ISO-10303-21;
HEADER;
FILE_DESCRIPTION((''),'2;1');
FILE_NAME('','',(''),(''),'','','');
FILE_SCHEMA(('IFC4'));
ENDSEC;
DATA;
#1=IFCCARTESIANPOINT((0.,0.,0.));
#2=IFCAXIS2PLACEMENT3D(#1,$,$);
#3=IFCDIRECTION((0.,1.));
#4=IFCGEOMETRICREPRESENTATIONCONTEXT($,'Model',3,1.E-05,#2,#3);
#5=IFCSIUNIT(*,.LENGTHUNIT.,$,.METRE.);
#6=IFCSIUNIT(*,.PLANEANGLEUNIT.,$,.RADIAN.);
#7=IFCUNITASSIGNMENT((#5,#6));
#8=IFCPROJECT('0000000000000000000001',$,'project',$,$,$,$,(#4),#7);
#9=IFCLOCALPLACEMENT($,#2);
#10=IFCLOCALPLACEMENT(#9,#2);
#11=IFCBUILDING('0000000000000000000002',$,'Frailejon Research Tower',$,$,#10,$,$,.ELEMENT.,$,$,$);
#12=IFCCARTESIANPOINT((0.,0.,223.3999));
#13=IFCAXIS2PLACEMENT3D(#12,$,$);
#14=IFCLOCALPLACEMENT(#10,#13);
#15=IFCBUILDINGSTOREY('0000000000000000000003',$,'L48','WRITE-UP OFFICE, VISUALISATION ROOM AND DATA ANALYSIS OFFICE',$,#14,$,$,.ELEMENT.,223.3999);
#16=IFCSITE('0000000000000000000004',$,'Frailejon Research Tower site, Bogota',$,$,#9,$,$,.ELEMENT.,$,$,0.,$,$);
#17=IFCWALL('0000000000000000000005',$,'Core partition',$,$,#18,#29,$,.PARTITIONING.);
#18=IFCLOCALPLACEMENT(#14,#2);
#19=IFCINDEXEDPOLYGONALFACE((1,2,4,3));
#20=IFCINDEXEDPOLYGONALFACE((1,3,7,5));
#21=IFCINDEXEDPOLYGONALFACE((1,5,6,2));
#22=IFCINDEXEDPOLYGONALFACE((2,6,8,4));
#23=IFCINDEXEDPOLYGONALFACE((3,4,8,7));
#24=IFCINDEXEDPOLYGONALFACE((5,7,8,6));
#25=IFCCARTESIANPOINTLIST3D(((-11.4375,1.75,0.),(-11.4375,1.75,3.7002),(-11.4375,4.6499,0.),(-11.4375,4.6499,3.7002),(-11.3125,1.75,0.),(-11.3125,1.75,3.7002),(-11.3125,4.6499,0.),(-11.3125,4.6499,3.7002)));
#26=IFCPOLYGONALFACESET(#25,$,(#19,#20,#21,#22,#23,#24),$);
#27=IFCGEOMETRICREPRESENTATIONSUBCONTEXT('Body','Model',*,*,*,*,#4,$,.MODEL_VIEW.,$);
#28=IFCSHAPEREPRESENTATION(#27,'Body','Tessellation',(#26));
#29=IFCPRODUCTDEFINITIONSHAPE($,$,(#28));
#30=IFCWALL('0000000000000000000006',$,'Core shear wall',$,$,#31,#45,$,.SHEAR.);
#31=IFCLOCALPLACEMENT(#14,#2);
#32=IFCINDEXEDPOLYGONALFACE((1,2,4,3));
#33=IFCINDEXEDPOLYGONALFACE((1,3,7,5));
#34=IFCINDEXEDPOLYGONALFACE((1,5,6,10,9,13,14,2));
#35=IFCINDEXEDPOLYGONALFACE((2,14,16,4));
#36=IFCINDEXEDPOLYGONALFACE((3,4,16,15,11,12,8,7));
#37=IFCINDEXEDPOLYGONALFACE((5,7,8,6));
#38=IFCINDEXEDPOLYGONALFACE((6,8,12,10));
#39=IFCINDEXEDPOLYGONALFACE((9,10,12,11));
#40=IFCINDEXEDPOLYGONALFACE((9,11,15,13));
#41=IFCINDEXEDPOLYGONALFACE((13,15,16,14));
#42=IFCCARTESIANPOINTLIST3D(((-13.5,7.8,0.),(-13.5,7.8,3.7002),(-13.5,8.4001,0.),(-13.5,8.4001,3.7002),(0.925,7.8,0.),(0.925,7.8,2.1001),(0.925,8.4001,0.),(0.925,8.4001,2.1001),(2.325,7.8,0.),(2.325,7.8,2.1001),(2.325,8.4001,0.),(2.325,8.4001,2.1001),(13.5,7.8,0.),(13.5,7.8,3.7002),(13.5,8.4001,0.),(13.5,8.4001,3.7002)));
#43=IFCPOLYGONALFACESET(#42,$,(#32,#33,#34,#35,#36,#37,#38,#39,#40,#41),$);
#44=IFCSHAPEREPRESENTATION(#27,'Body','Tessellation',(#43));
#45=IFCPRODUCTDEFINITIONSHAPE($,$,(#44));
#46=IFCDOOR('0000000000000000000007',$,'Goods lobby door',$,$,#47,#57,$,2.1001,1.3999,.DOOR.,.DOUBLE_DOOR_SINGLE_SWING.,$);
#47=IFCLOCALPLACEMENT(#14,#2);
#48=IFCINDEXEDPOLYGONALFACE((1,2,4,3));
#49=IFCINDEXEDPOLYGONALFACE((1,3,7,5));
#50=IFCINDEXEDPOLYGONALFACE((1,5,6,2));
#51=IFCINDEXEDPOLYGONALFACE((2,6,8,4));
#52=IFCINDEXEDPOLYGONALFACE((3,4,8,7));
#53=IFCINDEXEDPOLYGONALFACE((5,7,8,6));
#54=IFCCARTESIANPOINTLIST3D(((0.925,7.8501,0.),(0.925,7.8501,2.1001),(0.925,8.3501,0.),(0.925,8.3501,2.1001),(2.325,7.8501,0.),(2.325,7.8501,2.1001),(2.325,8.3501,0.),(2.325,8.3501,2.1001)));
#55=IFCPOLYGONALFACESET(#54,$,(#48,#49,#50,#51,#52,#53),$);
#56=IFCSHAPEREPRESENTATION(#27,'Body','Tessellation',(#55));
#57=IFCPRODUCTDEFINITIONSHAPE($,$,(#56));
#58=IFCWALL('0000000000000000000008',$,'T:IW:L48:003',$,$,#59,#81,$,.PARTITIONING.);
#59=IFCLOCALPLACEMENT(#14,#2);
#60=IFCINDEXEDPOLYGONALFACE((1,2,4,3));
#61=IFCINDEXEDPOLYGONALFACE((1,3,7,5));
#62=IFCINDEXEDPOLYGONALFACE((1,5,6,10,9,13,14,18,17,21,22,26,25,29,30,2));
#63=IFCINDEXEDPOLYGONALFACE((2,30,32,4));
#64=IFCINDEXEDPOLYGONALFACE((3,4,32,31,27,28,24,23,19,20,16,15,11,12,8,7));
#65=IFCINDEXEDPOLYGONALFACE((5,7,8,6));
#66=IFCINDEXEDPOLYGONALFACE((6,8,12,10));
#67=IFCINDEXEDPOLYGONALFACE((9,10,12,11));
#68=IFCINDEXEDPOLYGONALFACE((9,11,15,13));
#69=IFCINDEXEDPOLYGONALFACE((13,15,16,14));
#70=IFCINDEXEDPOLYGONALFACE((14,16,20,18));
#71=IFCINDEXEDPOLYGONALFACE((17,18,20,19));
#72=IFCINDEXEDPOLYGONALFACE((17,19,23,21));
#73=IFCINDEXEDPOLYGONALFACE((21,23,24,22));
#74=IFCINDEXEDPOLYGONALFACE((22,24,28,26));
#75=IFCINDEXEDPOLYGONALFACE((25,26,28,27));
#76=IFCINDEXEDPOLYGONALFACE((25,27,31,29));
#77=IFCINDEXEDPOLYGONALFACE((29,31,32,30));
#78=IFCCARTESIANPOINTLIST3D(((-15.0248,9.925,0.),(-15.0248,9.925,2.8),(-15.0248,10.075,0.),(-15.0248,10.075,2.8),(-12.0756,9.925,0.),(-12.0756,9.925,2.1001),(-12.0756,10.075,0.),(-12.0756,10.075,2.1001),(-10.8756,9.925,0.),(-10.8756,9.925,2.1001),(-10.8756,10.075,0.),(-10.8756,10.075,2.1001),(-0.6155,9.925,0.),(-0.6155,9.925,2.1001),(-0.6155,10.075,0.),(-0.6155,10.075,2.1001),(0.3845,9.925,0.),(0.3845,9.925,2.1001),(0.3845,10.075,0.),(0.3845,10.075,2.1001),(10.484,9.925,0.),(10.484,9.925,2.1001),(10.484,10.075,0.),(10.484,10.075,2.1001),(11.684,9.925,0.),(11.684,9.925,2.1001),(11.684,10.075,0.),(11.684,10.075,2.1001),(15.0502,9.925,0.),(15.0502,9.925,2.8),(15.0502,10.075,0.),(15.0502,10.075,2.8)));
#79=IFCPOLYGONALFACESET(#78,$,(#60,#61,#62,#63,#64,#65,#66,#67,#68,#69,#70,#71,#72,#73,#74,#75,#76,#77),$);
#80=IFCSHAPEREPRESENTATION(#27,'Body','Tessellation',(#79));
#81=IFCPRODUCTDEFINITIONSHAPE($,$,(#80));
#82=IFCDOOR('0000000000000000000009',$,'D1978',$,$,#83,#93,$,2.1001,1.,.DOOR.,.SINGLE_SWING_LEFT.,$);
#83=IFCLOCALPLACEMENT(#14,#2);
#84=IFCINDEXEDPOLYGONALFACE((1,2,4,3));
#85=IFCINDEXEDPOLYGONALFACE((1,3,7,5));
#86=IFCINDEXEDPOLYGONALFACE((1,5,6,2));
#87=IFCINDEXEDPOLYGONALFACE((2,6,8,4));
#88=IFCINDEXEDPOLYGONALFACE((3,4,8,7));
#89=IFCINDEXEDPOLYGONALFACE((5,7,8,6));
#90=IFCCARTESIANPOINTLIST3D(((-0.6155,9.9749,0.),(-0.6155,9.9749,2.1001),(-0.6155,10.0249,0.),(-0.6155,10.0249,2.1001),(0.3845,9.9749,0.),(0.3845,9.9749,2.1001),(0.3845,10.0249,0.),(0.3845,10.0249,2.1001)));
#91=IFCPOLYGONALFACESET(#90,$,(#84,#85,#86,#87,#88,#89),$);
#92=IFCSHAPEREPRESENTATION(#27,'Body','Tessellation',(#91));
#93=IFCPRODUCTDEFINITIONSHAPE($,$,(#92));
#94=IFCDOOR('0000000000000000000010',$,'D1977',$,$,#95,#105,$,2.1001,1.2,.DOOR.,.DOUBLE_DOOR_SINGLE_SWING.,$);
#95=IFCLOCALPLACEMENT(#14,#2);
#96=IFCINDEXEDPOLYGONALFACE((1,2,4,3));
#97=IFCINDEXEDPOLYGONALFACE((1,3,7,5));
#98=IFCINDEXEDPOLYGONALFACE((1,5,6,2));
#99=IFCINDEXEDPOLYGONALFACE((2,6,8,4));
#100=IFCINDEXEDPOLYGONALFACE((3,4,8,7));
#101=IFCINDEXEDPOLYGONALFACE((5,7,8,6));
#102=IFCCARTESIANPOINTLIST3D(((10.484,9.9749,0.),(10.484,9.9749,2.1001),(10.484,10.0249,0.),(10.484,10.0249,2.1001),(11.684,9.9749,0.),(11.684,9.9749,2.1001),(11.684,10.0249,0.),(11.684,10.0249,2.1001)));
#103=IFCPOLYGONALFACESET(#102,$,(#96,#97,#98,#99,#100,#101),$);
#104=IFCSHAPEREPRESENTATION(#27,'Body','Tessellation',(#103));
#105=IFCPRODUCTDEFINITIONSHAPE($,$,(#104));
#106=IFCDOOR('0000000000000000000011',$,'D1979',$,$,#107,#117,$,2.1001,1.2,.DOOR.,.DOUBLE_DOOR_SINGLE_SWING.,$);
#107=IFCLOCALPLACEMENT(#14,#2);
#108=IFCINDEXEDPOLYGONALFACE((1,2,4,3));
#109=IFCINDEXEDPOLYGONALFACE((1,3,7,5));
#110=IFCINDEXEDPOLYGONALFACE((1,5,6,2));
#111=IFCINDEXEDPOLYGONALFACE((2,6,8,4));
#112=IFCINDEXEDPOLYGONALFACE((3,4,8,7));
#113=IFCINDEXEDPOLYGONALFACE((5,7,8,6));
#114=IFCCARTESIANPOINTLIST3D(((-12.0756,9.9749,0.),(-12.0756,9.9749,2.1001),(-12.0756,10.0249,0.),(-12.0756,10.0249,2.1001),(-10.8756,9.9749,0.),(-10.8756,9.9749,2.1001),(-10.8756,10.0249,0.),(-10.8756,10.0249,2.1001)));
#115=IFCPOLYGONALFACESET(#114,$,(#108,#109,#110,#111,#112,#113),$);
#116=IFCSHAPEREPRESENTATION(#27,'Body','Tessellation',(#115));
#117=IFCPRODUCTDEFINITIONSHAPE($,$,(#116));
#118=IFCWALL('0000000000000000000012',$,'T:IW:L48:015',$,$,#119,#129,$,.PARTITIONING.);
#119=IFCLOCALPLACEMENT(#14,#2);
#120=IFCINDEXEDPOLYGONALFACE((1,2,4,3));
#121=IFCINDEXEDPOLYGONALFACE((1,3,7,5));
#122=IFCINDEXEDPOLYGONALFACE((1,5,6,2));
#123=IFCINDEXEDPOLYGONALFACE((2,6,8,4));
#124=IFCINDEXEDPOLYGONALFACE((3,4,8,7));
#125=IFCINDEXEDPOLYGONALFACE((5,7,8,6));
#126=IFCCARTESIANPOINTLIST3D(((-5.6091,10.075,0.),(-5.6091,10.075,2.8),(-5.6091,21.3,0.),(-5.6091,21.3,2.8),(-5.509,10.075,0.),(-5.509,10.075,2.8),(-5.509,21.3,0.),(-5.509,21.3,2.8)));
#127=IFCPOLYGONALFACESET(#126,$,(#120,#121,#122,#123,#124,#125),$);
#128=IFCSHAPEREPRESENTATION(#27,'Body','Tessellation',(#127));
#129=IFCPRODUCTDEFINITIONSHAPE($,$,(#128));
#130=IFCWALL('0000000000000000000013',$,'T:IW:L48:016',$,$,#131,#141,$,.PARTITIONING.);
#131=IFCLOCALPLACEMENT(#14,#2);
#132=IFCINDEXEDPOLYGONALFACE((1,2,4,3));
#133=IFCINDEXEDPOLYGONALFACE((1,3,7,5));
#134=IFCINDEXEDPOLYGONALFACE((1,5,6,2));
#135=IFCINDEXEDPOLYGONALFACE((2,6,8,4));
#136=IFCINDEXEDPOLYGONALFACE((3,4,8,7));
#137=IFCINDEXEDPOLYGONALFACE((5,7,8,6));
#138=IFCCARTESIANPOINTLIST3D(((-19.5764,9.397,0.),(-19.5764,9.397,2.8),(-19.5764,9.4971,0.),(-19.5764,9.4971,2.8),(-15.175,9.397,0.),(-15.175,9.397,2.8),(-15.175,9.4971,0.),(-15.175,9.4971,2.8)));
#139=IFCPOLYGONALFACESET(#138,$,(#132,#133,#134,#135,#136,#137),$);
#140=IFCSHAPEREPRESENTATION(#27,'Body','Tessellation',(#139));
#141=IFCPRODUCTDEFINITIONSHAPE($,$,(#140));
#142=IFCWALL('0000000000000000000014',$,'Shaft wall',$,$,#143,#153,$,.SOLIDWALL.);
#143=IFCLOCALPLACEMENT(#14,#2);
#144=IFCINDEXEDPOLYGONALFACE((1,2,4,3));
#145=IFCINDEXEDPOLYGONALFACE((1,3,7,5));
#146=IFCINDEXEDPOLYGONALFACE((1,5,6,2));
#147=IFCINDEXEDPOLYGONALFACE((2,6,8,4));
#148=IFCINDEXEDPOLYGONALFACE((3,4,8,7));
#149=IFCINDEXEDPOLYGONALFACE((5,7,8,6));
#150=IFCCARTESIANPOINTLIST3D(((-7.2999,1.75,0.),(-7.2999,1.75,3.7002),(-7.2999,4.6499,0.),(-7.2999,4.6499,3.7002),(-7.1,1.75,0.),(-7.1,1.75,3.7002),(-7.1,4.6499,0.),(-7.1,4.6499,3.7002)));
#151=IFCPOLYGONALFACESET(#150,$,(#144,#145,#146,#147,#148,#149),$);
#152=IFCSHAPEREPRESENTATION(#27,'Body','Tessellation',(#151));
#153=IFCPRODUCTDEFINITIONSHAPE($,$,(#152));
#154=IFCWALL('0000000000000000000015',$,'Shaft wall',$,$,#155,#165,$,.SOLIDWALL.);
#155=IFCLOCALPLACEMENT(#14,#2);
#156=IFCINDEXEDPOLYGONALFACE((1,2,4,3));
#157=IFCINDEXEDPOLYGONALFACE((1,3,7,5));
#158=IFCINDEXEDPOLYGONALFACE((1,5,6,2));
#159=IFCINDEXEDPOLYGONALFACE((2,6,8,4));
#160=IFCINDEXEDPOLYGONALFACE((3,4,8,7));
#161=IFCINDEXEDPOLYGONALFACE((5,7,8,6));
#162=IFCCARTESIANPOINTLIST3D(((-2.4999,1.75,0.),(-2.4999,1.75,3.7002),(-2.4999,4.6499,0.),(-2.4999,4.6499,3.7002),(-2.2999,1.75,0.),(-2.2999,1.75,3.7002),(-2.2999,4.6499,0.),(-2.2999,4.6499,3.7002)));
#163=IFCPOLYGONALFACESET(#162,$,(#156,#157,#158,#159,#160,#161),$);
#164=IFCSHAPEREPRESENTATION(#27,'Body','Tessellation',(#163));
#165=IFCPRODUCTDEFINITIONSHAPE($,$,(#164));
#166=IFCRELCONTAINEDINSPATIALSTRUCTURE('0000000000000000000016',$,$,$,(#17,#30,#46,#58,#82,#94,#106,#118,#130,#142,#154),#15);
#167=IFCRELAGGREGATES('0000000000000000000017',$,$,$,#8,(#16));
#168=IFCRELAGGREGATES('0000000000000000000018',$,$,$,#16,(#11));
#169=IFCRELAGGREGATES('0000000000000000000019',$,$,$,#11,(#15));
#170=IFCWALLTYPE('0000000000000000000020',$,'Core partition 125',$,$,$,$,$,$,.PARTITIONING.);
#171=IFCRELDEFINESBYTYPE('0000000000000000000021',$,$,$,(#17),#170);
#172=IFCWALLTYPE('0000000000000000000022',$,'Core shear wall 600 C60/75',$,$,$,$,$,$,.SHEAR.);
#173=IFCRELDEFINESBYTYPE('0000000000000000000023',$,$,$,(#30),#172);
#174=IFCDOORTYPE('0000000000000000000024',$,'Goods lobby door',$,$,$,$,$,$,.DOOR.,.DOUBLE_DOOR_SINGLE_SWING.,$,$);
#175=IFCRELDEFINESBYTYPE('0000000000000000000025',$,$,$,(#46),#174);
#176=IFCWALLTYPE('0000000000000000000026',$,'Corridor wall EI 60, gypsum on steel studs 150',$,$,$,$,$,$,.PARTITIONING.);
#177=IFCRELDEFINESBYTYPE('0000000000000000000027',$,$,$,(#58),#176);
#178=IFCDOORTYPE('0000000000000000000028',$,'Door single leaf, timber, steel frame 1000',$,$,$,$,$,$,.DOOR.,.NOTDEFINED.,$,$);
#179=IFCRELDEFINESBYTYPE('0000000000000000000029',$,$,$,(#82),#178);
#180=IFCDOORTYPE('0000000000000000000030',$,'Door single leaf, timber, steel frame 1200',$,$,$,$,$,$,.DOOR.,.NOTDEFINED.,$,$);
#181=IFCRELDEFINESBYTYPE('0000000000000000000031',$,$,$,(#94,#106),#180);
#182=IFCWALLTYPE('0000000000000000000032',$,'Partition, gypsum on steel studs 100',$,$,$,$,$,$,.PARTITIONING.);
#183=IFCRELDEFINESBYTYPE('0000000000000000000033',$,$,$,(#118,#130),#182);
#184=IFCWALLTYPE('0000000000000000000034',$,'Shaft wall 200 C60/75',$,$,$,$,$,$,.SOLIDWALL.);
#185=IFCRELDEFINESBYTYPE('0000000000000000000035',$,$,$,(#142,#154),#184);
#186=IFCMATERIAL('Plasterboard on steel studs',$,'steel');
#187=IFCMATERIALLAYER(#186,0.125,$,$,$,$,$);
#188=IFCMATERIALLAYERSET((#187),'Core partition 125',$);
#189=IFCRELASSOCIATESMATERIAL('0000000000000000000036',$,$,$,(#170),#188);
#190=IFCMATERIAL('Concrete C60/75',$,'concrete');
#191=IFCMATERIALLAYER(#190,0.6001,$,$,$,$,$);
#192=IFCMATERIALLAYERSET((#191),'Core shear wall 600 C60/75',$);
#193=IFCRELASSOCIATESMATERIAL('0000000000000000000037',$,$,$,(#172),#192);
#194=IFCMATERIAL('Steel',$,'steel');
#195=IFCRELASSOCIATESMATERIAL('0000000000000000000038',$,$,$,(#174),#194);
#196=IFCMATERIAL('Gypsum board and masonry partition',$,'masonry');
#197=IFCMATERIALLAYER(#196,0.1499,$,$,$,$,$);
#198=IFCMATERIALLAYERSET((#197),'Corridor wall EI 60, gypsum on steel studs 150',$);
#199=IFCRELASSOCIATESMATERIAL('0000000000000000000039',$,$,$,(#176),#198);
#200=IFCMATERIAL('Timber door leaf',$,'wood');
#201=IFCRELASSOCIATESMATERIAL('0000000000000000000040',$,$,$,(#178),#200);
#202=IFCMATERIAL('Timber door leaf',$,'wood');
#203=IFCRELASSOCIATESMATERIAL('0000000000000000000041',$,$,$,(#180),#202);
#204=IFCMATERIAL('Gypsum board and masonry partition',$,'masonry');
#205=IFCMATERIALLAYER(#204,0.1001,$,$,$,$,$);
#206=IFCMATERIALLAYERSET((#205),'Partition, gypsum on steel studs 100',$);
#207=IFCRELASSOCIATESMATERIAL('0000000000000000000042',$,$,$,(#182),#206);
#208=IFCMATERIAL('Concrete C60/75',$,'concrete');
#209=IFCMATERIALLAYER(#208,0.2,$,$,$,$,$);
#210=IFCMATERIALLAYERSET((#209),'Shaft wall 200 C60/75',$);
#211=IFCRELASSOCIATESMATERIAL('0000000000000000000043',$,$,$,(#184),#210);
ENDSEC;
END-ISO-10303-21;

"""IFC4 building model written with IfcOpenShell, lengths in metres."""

from ifc_helpers import new_model, si_unit, direction, frame, frame_2d, origin, place, context, subcontext, project, spatial, rectangle, extrude, material, layer, layer_set, type_object, element, fill, save


model = new_model("IFC4")

# Units and contexts
model_context = context("Model", 3, precision=1e-05, world=origin(), true_north=direction((0.0, 1.0)))
body_context = subcontext(model_context, "Body", "Model", "MODEL_VIEW")
ifc_project = project(units=[si_unit("LENGTHUNIT", "METRE"), si_unit("PLANEANGLEUNIT", "RADIAN")], contexts=[model_context])

# Site, building, storey
site_placement = place(None, origin())
site = spatial("IfcSite", under=ifc_project, at=site_placement, Name="Frailejon Research Tower site, Bogota", CompositionType="ELEMENT", RefElevation=0.0)
building_placement = place(site_placement, origin())
building = spatial("IfcBuilding", under=site, at=building_placement, Name="Frailejon Research Tower", CompositionType="ELEMENT")
storey_placement = place(building_placement, frame((0.0, 0.0, 223.3999)))
storey = spatial("IfcBuildingStorey", under=building, at=storey_placement, Name="L48", Description="WRITE-UP OFFICE, VISUALISATION ROOM AND DATA ANALYSIS OFFICE", CompositionType="ELEMENT", Elevation=223.3999)

# Wall
ifc_material_1 = material(Name="Plasterboard on steel studs", Category="steel")
ifc_layer_1 = layer(ifc_material_1, 0.125)
ifc_layer_set_1 = layer_set([ifc_layer_1], Name="Core partition 125")
wall_type_1 = type_object("IfcWallType", Name="Core partition 125", PredefinedType="PARTITIONING", material=ifc_layer_set_1)
wall_1_placement = place(storey_placement, frame((-11.375, 1.75, 0.0), z_axis=(0.0, 0.0, 1.0), x_axis=(0.0, 1.0, 0.0)))
element("IfcWall", 1, at=wall_1_placement, inside=storey, type_object=wall_type_1, Name="Core partition", PredefinedType="PARTITIONING", context=body_context, shape_type="SweptSolid", body=[
    extrude(rectangle(XDim=2.8999, YDim=0.125, at=frame_2d((1.45, 0.0))), origin(), (0.0, 0.0, 1.0), 3.7002),
])

# Wall, opening, door
ifc_material_2 = material(Name="Concrete C60/75", Category="concrete")
ifc_layer_2 = layer(ifc_material_2, 0.6001)
ifc_layer_set_2 = layer_set([ifc_layer_2], Name="Core shear wall 600 C60/75")
wall_type_2 = type_object("IfcWallType", Name="Core shear wall 600 C60/75", PredefinedType="SHEAR", material=ifc_layer_set_2)
wall_2_placement = place(storey_placement, frame((-13.5, 8.1001, 0.0), z_axis=(0.0, 0.0, 1.0), x_axis=(1.0, 0.0, 0.0)))
wall_2 = element("IfcWall", 2, at=wall_2_placement, inside=storey, type_object=wall_type_2, Name="Core shear wall", PredefinedType="SHEAR", context=body_context, shape_type="SweptSolid", body=[
    extrude(rectangle(XDim=27.0, YDim=0.6001, at=frame_2d((13.5, 0.0))), origin(), (0.0, 0.0, 1.0), 3.7002),
])
opening_1_placement = place(wall_2_placement, frame((14.425, 0.0, 0.0)))
opening_1 = element("IfcOpeningElement", 3, at=opening_1_placement, cuts=wall_2, PredefinedType="OPENING", context=body_context, shape_type="SweptSolid", body=[
    extrude(rectangle(XDim=1.3999, YDim=2.1001, at=frame_2d((0.7, 1.05))), frame((0.0, 0.3101, 0.0), z_axis=(0.0, -1.0, 0.0), x_axis=(1.0, 0.0, 0.0)), (0.0, 0.0, 1.0), 0.6201),
])
ifc_material_3 = material(Name="Steel", Category="steel")
door_type_1 = type_object("IfcDoorType", Name="Goods lobby door", OperationType="DOUBLE_DOOR_SINGLE_SWING", PredefinedType="DOOR", material=ifc_material_3)
door_1_placement = place(opening_1_placement, origin())
door_1 = element("IfcDoor", 4, at=door_1_placement, inside=storey, type_object=door_type_1, Name="Goods lobby door", OperationType="DOUBLE_DOOR_SINGLE_SWING", OverallHeight=2.1001, OverallWidth=1.3999, PredefinedType="DOOR", context=body_context, shape_type="SweptSolid", body=[
    extrude(rectangle(XDim=1.3999, YDim=2.1001, at=frame_2d((0.7, 1.05))), frame((0.0, 0.25, 0.0), z_axis=(0.0, -1.0, 0.0), x_axis=(1.0, 0.0, 0.0)), (0.0, 0.0, 1.0), 0.5),
])
fill(opening_1, door_1)

# Wall, openings, doors
ifc_material_4 = material(Name="Gypsum board and masonry partition", Category="masonry")
ifc_layer_3 = layer(ifc_material_4, 0.1499)
ifc_layer_set_3 = layer_set([ifc_layer_3], Name="Corridor wall EI 60, gypsum on steel studs 150")
wall_type_3 = type_object("IfcWallType", Name="Corridor wall EI 60, gypsum on steel studs 150", PredefinedType="PARTITIONING", material=ifc_layer_set_3)
wall_3_placement = place(storey_placement, frame((-15.0249, 10.0, 0.0), z_axis=(0.0, 0.0, 1.0), x_axis=(1.0, 0.0, 0.0)))
wall_3 = element("IfcWall", 5, at=wall_3_placement, inside=storey, type_object=wall_type_3, Name="T:IW:L48:003", PredefinedType="PARTITIONING", context=body_context, shape_type="SweptSolid", body=[
    extrude(rectangle(XDim=30.075, YDim=0.1499, at=frame_2d((15.0376, 0.0))), origin(), (0.0, 0.0, 1.0), 2.8),
])
opening_2_placement = place(wall_3_placement, frame((25.5088, 0.0, 0.0)))
opening_2 = element("IfcOpeningElement", 6, at=opening_2_placement, cuts=wall_3, PredefinedType="OPENING", context=body_context, shape_type="SweptSolid", body=[
    extrude(rectangle(XDim=1.2, YDim=2.1001, at=frame_2d((0.6001, 1.05))), frame((0.0, 0.085, 0.0), z_axis=(0.0, -1.0, 0.0), x_axis=(1.0, 0.0, 0.0)), (0.0, 0.0, 1.0), 0.1699),
])
opening_3_placement = place(wall_3_placement, frame((14.4094, 0.0, 0.0)))
opening_3 = element("IfcOpeningElement", 7, at=opening_3_placement, cuts=wall_3, PredefinedType="OPENING", context=body_context, shape_type="SweptSolid", body=[
    extrude(rectangle(XDim=1.0, YDim=2.1001, at=frame_2d((0.5, 1.05))), frame((0.0, 0.085, 0.0), z_axis=(0.0, -1.0, 0.0), x_axis=(1.0, 0.0, 0.0)), (0.0, 0.0, 1.0), 0.1699),
])
opening_4_placement = place(wall_3_placement, frame((2.9492, 0.0, 0.0)))
opening_4 = element("IfcOpeningElement", 8, at=opening_4_placement, cuts=wall_3, PredefinedType="OPENING", context=body_context, shape_type="SweptSolid", body=[
    extrude(rectangle(XDim=1.2, YDim=2.1001, at=frame_2d((0.6001, 1.05))), frame((0.0, 0.085, 0.0), z_axis=(0.0, -1.0, 0.0), x_axis=(1.0, 0.0, 0.0)), (0.0, 0.0, 1.0), 0.1699),
])
ifc_material_5 = material(Name="Timber door leaf", Category="wood")
door_type_2 = type_object("IfcDoorType", Name="Door single leaf, timber, steel frame 1000", OperationType="NOTDEFINED", PredefinedType="DOOR", material=ifc_material_5)
door_2_placement = place(opening_3_placement, origin())
door_2 = element("IfcDoor", 9, at=door_2_placement, inside=storey, type_object=door_type_2, Name="D1978", OperationType="SINGLE_SWING_LEFT", OverallHeight=2.1001, OverallWidth=1.0, PredefinedType="DOOR", context=body_context, shape_type="SweptSolid", body=[
    extrude(rectangle(XDim=1.0, YDim=2.1001, at=frame_2d((0.5, 1.05))), frame((0.0, 0.0249, 0.0), z_axis=(0.0, -1.0, 0.0), x_axis=(1.0, 0.0, 0.0)), (0.0, 0.0, 1.0), 0.05),
])
fill(opening_3, door_2)
ifc_material_6 = material(Name="Timber door leaf", Category="wood")
door_type_3 = type_object("IfcDoorType", Name="Door single leaf, timber, steel frame 1200", OperationType="NOTDEFINED", PredefinedType="DOOR", material=ifc_material_6)
door_3_placement = place(opening_2_placement, origin())
door_3 = element("IfcDoor", 10, at=door_3_placement, inside=storey, type_object=door_type_3, Name="D1977", OperationType="DOUBLE_DOOR_SINGLE_SWING", OverallHeight=2.1001, OverallWidth=1.2, PredefinedType="DOOR", context=body_context, shape_type="SweptSolid", body=[
    extrude(rectangle(XDim=1.2, YDim=2.1001, at=frame_2d((0.6001, 1.05))), frame((0.0, 0.0249, 0.0), z_axis=(0.0, -1.0, 0.0), x_axis=(1.0, 0.0, 0.0)), (0.0, 0.0, 1.0), 0.05),
])
fill(opening_2, door_3)
door_4_placement = place(opening_4_placement, origin())
door_4 = element("IfcDoor", 11, at=door_4_placement, inside=storey, type_object=door_type_3, Name="D1979", OperationType="DOUBLE_DOOR_SINGLE_SWING", OverallHeight=2.1001, OverallWidth=1.2, PredefinedType="DOOR", context=body_context, shape_type="SweptSolid", body=[
    extrude(rectangle(XDim=1.2, YDim=2.1001, at=frame_2d((0.6001, 1.05))), frame((0.0, 0.0249, 0.0), z_axis=(0.0, -1.0, 0.0), x_axis=(1.0, 0.0, 0.0)), (0.0, 0.0, 1.0), 0.05),
])
fill(opening_4, door_4)

# Walls
ifc_material_7 = material(Name="Gypsum board and masonry partition", Category="masonry")
ifc_layer_4 = layer(ifc_material_7, 0.1001)
ifc_layer_set_4 = layer_set([ifc_layer_4], Name="Partition, gypsum on steel studs 100")
wall_type_4 = type_object("IfcWallType", Name="Partition, gypsum on steel studs 100", PredefinedType="PARTITIONING", material=ifc_layer_set_4)
wall_4_placement = place(storey_placement, frame((-5.5591, 10.075, 0.0), z_axis=(0.0, 0.0, 1.0), x_axis=(0.0, 1.0, 0.0)))
element("IfcWall", 12, at=wall_4_placement, inside=storey, type_object=wall_type_4, Name="T:IW:L48:015", PredefinedType="PARTITIONING", context=body_context, shape_type="SweptSolid", body=[
    extrude(rectangle(XDim=11.2251, YDim=0.1001, at=frame_2d((5.6125, 0.0))), origin(), (0.0, 0.0, 1.0), 2.8),
])
wall_5_placement = place(storey_placement, frame((-19.5764, 9.447, 0.0), z_axis=(0.0, 0.0, 1.0), x_axis=(1.0, 0.0, 0.0)))
element("IfcWall", 13, at=wall_5_placement, inside=storey, type_object=wall_type_4, Name="T:IW:L48:016", PredefinedType="PARTITIONING", context=body_context, shape_type="SweptSolid", body=[
    extrude(rectangle(XDim=4.4014, YDim=0.1001, at=frame_2d((2.2007, 0.0))), origin(), (0.0, 0.0, 1.0), 2.8),
])
ifc_material_8 = material(Name="Concrete C60/75", Category="concrete")
ifc_layer_5 = layer(ifc_material_8, 0.2)
ifc_layer_set_5 = layer_set([ifc_layer_5], Name="Shaft wall 200 C60/75")
wall_type_5 = type_object("IfcWallType", Name="Shaft wall 200 C60/75", PredefinedType="SOLIDWALL", material=ifc_layer_set_5)
for number, where, z_axis, x_axis, name in (
    (14, (-7.2, 1.75, 0.0), (0.0, 0.0, 1.0), (0.0, 1.0, 0.0), "Shaft wall"),
    (15, (-2.3999, 1.75, 0.0), (0.0, 0.0, 1.0), (0.0, 1.0, 0.0), "Shaft wall"),
):
    element("IfcWall", number, at=place(storey_placement, frame(where, z_axis=z_axis, x_axis=x_axis)), inside=storey, type_object=wall_type_5, Name=name, PredefinedType="SOLIDWALL", context=body_context, shape_type="SweptSolid", body=[
        extrude(rectangle(XDim=2.8999, YDim=0.2, at=frame_2d((1.45, 0.0))), origin(), (0.0, 0.0, 1.0), 3.7002),
    ])

save(model, "model.ifc")
